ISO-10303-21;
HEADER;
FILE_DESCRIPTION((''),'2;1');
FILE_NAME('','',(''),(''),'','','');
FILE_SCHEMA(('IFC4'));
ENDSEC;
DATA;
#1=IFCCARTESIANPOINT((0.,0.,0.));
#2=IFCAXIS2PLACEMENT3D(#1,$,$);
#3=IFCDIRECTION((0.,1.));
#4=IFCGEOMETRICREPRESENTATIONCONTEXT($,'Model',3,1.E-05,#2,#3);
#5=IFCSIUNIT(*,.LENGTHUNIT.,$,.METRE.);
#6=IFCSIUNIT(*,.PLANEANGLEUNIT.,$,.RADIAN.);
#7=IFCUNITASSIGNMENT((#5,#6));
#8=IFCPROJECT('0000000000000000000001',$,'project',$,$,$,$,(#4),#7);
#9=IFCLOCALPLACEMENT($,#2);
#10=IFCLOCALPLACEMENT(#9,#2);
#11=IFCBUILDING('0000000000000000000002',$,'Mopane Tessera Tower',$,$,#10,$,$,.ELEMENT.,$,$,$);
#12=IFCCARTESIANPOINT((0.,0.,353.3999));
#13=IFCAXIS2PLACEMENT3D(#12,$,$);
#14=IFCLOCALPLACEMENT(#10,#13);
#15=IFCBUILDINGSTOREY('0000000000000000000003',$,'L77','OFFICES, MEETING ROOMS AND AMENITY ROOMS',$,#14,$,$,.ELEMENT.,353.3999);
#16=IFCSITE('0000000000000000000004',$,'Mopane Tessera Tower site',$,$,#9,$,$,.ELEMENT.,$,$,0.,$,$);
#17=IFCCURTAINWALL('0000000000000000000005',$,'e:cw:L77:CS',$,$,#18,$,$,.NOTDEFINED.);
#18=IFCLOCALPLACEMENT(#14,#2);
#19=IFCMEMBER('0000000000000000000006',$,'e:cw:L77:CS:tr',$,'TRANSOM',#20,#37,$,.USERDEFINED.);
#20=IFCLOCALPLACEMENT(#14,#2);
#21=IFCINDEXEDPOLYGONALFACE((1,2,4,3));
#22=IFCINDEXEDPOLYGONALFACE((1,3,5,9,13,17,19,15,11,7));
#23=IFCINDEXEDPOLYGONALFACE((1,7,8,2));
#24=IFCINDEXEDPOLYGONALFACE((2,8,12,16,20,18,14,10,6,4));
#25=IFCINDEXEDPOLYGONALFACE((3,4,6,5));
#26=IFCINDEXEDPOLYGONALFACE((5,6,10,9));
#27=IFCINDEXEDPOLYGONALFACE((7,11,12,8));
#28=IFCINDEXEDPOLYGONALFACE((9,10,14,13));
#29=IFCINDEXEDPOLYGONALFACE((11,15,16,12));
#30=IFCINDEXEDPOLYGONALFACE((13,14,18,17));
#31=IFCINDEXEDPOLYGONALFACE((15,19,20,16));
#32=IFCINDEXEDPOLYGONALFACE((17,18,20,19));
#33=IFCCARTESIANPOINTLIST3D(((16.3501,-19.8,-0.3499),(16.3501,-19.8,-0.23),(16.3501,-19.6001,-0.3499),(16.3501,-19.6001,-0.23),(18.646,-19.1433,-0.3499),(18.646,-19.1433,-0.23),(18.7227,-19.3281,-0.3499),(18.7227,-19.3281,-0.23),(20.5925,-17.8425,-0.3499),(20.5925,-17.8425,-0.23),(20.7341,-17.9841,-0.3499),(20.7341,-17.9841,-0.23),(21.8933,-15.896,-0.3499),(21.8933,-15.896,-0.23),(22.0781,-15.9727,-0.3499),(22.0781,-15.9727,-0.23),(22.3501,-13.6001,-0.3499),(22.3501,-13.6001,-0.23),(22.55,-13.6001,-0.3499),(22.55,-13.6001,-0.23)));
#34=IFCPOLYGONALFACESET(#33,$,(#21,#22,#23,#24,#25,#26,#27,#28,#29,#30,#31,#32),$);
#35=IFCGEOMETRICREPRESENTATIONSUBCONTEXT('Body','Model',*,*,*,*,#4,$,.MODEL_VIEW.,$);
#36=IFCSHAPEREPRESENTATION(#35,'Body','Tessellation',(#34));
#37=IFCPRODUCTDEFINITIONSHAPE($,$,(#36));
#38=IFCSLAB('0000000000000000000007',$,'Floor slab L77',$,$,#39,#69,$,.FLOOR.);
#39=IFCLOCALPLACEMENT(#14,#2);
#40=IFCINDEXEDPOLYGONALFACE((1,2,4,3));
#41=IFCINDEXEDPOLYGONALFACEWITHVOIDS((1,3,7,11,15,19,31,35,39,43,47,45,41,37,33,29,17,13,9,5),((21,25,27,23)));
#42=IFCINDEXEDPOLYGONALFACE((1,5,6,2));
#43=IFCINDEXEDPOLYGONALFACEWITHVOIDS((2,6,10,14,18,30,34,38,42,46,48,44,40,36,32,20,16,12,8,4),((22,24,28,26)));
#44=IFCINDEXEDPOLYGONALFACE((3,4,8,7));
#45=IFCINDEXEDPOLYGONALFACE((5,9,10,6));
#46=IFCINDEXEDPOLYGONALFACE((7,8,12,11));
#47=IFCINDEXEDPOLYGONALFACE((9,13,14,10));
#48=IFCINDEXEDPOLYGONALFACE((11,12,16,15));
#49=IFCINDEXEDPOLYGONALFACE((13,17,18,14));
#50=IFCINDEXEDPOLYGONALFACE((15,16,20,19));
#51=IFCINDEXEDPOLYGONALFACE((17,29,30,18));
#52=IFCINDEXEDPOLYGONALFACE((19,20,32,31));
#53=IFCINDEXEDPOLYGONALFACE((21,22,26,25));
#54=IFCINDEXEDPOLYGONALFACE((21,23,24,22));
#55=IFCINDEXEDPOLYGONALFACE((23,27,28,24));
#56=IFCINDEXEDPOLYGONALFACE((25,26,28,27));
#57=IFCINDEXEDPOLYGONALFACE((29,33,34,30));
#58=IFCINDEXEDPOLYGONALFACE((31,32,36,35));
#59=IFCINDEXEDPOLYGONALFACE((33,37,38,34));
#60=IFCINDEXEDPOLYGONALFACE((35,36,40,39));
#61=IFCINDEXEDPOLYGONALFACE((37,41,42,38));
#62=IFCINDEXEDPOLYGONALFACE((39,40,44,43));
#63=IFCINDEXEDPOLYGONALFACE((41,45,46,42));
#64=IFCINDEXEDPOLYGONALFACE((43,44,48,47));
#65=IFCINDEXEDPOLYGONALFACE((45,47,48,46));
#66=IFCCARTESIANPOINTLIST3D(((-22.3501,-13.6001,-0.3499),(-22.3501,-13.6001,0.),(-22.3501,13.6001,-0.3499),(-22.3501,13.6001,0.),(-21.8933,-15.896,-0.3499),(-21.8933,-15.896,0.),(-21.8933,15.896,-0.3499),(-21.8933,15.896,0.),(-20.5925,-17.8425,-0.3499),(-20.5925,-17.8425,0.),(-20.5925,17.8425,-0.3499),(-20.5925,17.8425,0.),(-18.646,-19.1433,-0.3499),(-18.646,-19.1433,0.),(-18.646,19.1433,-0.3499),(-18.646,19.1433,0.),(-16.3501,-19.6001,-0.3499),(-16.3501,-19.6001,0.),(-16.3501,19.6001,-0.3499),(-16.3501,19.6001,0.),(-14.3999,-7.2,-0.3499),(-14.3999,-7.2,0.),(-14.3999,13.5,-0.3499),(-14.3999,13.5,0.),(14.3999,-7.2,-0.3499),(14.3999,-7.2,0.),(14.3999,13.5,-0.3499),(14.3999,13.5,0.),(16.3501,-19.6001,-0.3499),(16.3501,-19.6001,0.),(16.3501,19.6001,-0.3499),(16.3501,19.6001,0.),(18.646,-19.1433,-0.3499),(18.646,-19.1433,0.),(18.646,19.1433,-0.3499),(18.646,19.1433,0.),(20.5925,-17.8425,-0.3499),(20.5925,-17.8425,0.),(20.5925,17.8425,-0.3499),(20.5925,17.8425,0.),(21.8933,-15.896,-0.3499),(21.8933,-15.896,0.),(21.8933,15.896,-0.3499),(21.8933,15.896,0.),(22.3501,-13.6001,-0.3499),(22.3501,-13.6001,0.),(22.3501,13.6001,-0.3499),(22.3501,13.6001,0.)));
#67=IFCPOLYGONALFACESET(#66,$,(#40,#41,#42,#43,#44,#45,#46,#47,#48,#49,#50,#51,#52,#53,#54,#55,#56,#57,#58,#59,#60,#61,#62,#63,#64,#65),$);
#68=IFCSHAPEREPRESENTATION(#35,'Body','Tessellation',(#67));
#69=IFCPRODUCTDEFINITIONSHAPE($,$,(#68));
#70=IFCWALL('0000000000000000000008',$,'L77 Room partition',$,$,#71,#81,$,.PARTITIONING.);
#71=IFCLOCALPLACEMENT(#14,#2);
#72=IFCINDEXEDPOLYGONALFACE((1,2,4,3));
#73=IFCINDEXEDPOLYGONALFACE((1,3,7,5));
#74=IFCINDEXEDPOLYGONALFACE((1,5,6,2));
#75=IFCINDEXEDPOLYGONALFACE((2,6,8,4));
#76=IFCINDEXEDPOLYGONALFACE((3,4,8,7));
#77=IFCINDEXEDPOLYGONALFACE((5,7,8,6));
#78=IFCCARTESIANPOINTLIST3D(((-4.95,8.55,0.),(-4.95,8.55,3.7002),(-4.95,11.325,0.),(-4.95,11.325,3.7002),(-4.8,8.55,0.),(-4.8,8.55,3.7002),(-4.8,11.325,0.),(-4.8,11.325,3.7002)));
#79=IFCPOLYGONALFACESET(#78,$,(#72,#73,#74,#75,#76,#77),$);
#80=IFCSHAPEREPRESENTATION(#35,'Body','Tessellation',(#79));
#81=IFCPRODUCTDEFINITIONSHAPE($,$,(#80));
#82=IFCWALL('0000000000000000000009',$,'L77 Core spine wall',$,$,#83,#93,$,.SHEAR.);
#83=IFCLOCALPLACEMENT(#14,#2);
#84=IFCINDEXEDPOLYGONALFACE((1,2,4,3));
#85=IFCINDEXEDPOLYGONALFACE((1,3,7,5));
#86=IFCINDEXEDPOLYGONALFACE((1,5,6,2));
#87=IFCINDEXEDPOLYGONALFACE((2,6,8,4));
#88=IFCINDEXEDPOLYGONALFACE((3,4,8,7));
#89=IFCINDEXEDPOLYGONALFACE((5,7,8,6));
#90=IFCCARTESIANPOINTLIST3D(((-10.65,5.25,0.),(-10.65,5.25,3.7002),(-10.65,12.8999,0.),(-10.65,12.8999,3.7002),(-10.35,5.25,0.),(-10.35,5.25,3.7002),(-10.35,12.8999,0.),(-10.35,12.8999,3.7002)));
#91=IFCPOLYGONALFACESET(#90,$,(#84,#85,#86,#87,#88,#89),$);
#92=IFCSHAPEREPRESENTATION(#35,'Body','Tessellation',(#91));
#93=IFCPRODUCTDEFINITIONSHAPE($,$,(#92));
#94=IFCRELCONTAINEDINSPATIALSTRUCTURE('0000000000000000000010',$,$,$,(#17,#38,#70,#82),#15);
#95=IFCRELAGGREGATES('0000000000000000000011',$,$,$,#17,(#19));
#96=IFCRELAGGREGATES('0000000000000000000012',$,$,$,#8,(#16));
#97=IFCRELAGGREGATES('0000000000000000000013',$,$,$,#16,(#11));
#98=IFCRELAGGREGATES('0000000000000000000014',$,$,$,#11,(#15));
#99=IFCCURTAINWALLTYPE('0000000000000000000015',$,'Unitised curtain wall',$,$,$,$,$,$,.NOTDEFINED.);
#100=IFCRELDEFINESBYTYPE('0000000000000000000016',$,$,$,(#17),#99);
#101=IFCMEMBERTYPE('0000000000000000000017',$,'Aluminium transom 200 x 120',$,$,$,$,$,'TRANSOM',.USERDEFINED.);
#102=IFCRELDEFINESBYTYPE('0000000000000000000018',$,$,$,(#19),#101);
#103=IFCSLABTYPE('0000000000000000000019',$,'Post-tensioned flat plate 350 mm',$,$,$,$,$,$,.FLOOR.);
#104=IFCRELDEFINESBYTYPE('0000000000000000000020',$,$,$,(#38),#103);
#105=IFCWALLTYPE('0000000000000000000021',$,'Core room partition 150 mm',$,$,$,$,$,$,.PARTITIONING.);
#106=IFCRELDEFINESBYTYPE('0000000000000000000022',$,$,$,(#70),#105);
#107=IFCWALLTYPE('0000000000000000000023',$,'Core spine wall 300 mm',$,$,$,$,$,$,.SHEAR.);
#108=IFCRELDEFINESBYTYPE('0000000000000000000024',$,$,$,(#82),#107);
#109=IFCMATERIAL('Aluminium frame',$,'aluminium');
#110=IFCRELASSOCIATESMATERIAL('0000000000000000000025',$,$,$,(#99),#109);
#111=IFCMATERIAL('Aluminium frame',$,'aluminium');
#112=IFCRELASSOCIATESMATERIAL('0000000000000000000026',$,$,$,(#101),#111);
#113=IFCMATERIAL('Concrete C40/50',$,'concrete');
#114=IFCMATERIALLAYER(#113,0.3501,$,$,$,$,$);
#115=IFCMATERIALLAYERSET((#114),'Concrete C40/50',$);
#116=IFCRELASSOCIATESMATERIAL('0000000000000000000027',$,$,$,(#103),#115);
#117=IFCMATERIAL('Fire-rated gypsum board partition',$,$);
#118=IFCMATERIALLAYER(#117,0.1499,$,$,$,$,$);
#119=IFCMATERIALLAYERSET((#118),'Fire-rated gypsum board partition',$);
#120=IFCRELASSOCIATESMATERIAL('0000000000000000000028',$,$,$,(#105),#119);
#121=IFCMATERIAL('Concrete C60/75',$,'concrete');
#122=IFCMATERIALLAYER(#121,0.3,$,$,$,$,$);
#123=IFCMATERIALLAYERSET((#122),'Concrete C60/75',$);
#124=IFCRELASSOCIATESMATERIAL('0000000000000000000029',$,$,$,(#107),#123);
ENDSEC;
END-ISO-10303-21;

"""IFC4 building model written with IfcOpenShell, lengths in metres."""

from ifc_helpers import new_model, si_unit, direction, frame, frame_2d, origin, origin_2d, place, context, subcontext, project, spatial, polyline, rectangle, outline, extrude, material, layer, layer_set, material_profile, profile_set, type_object, element, aggregate, save


model = new_model("IFC4")

# Units and contexts
model_context = context("Model", 3, precision=1e-05, world=origin(), true_north=direction((0.0, 1.0)))
body_context = subcontext(model_context, "Body", "Model", "MODEL_VIEW")
ifc_project = project(units=[si_unit("LENGTHUNIT", "METRE"), si_unit("PLANEANGLEUNIT", "RADIAN")], contexts=[model_context])

# Site, building, storey
site_placement = place(None, origin())
site = spatial("IfcSite", under=ifc_project, at=site_placement, Name="Mopane Tessera Tower site", CompositionType="ELEMENT", RefElevation=0.0)
building_placement = place(site_placement, origin())
building = spatial("IfcBuilding", under=site, at=building_placement, Name="Mopane Tessera Tower", CompositionType="ELEMENT")
storey_placement = place(building_placement, frame((0.0, 0.0, 353.3999)))
storey = spatial("IfcBuildingStorey", under=building, at=storey_placement, Name="L77", Description="OFFICES, MEETING ROOMS AND AMENITY ROOMS", CompositionType="ELEMENT", Elevation=353.3999)

# Curtain wall, member
ifc_material_1 = material(Name="Aluminium frame", Category="aluminium")
curtain_wall_type = type_object("IfcCurtainWallType", Name="Unitised curtain wall", PredefinedType="NOTDEFINED", material=ifc_material_1)
curtain_wall_placement = place(storey_placement, origin())
curtain_wall = element("IfcCurtainWall", 1, at=curtain_wall_placement, inside=storey, type_object=curtain_wall_type, Name="e:cw:L77:CS", PredefinedType="NOTDEFINED")
ifc_material_2 = material(Name="Aluminium frame", Category="aluminium")
ifc_material_profile = material_profile(ifc_material_2, rectangle(XDim=0.2, YDim=0.1201, at=origin_2d()))
ifc_profile_set = profile_set([ifc_material_profile], Name="Aluminium frame")
member_type = type_object("IfcMemberType", Name="Aluminium transom 200 x 120", ElementType="TRANSOM", PredefinedType="USERDEFINED", material=ifc_profile_set)
member_placement = place(storey_placement, frame((0.0, 0.0, -0.3499)))
member = element("IfcMember", 2, at=member_placement, type_object=member_type, Name="e:cw:L77:CS:tr", ObjectType="TRANSOM", PredefinedType="USERDEFINED", context=body_context, shape_type="SweptSolid", body=[
    extrude(outline(polyline([(16.3501, -19.6001), (18.646, -19.1433), (20.5925, -17.8425), (21.8933, -15.896), (22.3501, -13.6001), (22.55, -13.6001), (22.0781, -15.9727), (20.7341, -17.9841), (18.7227, -19.3281), (16.3501, -19.8), (16.3501, -19.6001)])), origin(), (0.0, 0.0, 1.0), 0.1199),
])
aggregate(curtain_wall, [member])

# Slab
ifc_material_3 = material(Name="Concrete C40/50", Category="concrete")
ifc_layer_1 = layer(ifc_material_3, 0.3501)
ifc_layer_set_1 = layer_set([ifc_layer_1], Name="Concrete C40/50")
slab_type = type_object("IfcSlabType", Name="Post-tensioned flat plate 350 mm", PredefinedType="FLOOR", material=ifc_layer_set_1)
slab_placement = place(storey_placement, frame((0.0, 0.0, -0.3499)))
element("IfcSlab", 3, at=slab_placement, inside=storey, type_object=slab_type, Name="Floor slab L77", PredefinedType="FLOOR", context=body_context, shape_type="SweptSolid", body=[
    extrude(outline(polyline([(-16.3501, -19.6001), (16.3501, -19.6001), (18.646, -19.1433), (20.5925, -17.8425), (21.8933, -15.896), (22.3501, -13.6001), (22.3501, 13.6001), (21.8933, 15.896), (20.5925, 17.8425), (18.646, 19.1433), (16.3501, 19.6001), (-16.3501, 19.6001), (-18.646, 19.1433), (-20.5925, 17.8425), (-21.8933, 15.896), (-22.3501, 13.6001), (-22.3501, -13.6001), (-21.8933, -15.896), (-20.5925, -17.8425), (-18.646, -19.1433), (-16.3501, -19.6001)]), holes=[polyline([(14.3999, -7.2), (-14.3999, -7.2), (-14.3999, 13.5), (14.3999, 13.5), (14.3999, -7.2)])]), origin(), (0.0, 0.0, 1.0), 0.3499),
])

# Walls
ifc_material_4 = material(Name="Fire-rated gypsum board partition")
ifc_layer_2 = layer(ifc_material_4, 0.1499)
ifc_layer_set_2 = layer_set([ifc_layer_2], Name="Fire-rated gypsum board partition")
wall_type_1 = type_object("IfcWallType", Name="Core room partition 150 mm", PredefinedType="PARTITIONING", material=ifc_layer_set_2)
wall_1_placement = place(storey_placement, frame((-4.875, 8.55, 0.0), z_axis=(0.0, 0.0, 1.0), x_axis=(0.0, 1.0, 0.0)))
element("IfcWall", 4, at=wall_1_placement, inside=storey, type_object=wall_type_1, Name="L77 Room partition", PredefinedType="PARTITIONING", context=body_context, shape_type="SweptSolid", body=[
    extrude(rectangle(XDim=2.7749, YDim=0.1499, at=frame_2d((1.3875, 0.0))), origin(), (0.0, 0.0, 1.0), 3.7002),
])
ifc_material_5 = material(Name="Concrete C60/75", Category="concrete")
ifc_layer_3 = layer(ifc_material_5, 0.3)
ifc_layer_set_3 = layer_set([ifc_layer_3], Name="Concrete C60/75")
wall_type_2 = type_object("IfcWallType", Name="Core spine wall 300 mm", PredefinedType="SHEAR", material=ifc_layer_set_3)
wall_2_placement = place(storey_placement, frame((-10.5, 5.25, 0.0), z_axis=(0.0, 0.0, 1.0), x_axis=(0.0, 1.0, 0.0)))
element("IfcWall", 5, at=wall_2_placement, inside=storey, type_object=wall_type_2, Name="L77 Core spine wall", PredefinedType="SHEAR", context=body_context, shape_type="SweptSolid", body=[
    extrude(rectangle(XDim=7.6499, YDim=0.3, at=frame_2d((3.825, 0.0))), origin(), (0.0, 0.0, 1.0), 3.7002),
])

save(model, "model.ifc")
